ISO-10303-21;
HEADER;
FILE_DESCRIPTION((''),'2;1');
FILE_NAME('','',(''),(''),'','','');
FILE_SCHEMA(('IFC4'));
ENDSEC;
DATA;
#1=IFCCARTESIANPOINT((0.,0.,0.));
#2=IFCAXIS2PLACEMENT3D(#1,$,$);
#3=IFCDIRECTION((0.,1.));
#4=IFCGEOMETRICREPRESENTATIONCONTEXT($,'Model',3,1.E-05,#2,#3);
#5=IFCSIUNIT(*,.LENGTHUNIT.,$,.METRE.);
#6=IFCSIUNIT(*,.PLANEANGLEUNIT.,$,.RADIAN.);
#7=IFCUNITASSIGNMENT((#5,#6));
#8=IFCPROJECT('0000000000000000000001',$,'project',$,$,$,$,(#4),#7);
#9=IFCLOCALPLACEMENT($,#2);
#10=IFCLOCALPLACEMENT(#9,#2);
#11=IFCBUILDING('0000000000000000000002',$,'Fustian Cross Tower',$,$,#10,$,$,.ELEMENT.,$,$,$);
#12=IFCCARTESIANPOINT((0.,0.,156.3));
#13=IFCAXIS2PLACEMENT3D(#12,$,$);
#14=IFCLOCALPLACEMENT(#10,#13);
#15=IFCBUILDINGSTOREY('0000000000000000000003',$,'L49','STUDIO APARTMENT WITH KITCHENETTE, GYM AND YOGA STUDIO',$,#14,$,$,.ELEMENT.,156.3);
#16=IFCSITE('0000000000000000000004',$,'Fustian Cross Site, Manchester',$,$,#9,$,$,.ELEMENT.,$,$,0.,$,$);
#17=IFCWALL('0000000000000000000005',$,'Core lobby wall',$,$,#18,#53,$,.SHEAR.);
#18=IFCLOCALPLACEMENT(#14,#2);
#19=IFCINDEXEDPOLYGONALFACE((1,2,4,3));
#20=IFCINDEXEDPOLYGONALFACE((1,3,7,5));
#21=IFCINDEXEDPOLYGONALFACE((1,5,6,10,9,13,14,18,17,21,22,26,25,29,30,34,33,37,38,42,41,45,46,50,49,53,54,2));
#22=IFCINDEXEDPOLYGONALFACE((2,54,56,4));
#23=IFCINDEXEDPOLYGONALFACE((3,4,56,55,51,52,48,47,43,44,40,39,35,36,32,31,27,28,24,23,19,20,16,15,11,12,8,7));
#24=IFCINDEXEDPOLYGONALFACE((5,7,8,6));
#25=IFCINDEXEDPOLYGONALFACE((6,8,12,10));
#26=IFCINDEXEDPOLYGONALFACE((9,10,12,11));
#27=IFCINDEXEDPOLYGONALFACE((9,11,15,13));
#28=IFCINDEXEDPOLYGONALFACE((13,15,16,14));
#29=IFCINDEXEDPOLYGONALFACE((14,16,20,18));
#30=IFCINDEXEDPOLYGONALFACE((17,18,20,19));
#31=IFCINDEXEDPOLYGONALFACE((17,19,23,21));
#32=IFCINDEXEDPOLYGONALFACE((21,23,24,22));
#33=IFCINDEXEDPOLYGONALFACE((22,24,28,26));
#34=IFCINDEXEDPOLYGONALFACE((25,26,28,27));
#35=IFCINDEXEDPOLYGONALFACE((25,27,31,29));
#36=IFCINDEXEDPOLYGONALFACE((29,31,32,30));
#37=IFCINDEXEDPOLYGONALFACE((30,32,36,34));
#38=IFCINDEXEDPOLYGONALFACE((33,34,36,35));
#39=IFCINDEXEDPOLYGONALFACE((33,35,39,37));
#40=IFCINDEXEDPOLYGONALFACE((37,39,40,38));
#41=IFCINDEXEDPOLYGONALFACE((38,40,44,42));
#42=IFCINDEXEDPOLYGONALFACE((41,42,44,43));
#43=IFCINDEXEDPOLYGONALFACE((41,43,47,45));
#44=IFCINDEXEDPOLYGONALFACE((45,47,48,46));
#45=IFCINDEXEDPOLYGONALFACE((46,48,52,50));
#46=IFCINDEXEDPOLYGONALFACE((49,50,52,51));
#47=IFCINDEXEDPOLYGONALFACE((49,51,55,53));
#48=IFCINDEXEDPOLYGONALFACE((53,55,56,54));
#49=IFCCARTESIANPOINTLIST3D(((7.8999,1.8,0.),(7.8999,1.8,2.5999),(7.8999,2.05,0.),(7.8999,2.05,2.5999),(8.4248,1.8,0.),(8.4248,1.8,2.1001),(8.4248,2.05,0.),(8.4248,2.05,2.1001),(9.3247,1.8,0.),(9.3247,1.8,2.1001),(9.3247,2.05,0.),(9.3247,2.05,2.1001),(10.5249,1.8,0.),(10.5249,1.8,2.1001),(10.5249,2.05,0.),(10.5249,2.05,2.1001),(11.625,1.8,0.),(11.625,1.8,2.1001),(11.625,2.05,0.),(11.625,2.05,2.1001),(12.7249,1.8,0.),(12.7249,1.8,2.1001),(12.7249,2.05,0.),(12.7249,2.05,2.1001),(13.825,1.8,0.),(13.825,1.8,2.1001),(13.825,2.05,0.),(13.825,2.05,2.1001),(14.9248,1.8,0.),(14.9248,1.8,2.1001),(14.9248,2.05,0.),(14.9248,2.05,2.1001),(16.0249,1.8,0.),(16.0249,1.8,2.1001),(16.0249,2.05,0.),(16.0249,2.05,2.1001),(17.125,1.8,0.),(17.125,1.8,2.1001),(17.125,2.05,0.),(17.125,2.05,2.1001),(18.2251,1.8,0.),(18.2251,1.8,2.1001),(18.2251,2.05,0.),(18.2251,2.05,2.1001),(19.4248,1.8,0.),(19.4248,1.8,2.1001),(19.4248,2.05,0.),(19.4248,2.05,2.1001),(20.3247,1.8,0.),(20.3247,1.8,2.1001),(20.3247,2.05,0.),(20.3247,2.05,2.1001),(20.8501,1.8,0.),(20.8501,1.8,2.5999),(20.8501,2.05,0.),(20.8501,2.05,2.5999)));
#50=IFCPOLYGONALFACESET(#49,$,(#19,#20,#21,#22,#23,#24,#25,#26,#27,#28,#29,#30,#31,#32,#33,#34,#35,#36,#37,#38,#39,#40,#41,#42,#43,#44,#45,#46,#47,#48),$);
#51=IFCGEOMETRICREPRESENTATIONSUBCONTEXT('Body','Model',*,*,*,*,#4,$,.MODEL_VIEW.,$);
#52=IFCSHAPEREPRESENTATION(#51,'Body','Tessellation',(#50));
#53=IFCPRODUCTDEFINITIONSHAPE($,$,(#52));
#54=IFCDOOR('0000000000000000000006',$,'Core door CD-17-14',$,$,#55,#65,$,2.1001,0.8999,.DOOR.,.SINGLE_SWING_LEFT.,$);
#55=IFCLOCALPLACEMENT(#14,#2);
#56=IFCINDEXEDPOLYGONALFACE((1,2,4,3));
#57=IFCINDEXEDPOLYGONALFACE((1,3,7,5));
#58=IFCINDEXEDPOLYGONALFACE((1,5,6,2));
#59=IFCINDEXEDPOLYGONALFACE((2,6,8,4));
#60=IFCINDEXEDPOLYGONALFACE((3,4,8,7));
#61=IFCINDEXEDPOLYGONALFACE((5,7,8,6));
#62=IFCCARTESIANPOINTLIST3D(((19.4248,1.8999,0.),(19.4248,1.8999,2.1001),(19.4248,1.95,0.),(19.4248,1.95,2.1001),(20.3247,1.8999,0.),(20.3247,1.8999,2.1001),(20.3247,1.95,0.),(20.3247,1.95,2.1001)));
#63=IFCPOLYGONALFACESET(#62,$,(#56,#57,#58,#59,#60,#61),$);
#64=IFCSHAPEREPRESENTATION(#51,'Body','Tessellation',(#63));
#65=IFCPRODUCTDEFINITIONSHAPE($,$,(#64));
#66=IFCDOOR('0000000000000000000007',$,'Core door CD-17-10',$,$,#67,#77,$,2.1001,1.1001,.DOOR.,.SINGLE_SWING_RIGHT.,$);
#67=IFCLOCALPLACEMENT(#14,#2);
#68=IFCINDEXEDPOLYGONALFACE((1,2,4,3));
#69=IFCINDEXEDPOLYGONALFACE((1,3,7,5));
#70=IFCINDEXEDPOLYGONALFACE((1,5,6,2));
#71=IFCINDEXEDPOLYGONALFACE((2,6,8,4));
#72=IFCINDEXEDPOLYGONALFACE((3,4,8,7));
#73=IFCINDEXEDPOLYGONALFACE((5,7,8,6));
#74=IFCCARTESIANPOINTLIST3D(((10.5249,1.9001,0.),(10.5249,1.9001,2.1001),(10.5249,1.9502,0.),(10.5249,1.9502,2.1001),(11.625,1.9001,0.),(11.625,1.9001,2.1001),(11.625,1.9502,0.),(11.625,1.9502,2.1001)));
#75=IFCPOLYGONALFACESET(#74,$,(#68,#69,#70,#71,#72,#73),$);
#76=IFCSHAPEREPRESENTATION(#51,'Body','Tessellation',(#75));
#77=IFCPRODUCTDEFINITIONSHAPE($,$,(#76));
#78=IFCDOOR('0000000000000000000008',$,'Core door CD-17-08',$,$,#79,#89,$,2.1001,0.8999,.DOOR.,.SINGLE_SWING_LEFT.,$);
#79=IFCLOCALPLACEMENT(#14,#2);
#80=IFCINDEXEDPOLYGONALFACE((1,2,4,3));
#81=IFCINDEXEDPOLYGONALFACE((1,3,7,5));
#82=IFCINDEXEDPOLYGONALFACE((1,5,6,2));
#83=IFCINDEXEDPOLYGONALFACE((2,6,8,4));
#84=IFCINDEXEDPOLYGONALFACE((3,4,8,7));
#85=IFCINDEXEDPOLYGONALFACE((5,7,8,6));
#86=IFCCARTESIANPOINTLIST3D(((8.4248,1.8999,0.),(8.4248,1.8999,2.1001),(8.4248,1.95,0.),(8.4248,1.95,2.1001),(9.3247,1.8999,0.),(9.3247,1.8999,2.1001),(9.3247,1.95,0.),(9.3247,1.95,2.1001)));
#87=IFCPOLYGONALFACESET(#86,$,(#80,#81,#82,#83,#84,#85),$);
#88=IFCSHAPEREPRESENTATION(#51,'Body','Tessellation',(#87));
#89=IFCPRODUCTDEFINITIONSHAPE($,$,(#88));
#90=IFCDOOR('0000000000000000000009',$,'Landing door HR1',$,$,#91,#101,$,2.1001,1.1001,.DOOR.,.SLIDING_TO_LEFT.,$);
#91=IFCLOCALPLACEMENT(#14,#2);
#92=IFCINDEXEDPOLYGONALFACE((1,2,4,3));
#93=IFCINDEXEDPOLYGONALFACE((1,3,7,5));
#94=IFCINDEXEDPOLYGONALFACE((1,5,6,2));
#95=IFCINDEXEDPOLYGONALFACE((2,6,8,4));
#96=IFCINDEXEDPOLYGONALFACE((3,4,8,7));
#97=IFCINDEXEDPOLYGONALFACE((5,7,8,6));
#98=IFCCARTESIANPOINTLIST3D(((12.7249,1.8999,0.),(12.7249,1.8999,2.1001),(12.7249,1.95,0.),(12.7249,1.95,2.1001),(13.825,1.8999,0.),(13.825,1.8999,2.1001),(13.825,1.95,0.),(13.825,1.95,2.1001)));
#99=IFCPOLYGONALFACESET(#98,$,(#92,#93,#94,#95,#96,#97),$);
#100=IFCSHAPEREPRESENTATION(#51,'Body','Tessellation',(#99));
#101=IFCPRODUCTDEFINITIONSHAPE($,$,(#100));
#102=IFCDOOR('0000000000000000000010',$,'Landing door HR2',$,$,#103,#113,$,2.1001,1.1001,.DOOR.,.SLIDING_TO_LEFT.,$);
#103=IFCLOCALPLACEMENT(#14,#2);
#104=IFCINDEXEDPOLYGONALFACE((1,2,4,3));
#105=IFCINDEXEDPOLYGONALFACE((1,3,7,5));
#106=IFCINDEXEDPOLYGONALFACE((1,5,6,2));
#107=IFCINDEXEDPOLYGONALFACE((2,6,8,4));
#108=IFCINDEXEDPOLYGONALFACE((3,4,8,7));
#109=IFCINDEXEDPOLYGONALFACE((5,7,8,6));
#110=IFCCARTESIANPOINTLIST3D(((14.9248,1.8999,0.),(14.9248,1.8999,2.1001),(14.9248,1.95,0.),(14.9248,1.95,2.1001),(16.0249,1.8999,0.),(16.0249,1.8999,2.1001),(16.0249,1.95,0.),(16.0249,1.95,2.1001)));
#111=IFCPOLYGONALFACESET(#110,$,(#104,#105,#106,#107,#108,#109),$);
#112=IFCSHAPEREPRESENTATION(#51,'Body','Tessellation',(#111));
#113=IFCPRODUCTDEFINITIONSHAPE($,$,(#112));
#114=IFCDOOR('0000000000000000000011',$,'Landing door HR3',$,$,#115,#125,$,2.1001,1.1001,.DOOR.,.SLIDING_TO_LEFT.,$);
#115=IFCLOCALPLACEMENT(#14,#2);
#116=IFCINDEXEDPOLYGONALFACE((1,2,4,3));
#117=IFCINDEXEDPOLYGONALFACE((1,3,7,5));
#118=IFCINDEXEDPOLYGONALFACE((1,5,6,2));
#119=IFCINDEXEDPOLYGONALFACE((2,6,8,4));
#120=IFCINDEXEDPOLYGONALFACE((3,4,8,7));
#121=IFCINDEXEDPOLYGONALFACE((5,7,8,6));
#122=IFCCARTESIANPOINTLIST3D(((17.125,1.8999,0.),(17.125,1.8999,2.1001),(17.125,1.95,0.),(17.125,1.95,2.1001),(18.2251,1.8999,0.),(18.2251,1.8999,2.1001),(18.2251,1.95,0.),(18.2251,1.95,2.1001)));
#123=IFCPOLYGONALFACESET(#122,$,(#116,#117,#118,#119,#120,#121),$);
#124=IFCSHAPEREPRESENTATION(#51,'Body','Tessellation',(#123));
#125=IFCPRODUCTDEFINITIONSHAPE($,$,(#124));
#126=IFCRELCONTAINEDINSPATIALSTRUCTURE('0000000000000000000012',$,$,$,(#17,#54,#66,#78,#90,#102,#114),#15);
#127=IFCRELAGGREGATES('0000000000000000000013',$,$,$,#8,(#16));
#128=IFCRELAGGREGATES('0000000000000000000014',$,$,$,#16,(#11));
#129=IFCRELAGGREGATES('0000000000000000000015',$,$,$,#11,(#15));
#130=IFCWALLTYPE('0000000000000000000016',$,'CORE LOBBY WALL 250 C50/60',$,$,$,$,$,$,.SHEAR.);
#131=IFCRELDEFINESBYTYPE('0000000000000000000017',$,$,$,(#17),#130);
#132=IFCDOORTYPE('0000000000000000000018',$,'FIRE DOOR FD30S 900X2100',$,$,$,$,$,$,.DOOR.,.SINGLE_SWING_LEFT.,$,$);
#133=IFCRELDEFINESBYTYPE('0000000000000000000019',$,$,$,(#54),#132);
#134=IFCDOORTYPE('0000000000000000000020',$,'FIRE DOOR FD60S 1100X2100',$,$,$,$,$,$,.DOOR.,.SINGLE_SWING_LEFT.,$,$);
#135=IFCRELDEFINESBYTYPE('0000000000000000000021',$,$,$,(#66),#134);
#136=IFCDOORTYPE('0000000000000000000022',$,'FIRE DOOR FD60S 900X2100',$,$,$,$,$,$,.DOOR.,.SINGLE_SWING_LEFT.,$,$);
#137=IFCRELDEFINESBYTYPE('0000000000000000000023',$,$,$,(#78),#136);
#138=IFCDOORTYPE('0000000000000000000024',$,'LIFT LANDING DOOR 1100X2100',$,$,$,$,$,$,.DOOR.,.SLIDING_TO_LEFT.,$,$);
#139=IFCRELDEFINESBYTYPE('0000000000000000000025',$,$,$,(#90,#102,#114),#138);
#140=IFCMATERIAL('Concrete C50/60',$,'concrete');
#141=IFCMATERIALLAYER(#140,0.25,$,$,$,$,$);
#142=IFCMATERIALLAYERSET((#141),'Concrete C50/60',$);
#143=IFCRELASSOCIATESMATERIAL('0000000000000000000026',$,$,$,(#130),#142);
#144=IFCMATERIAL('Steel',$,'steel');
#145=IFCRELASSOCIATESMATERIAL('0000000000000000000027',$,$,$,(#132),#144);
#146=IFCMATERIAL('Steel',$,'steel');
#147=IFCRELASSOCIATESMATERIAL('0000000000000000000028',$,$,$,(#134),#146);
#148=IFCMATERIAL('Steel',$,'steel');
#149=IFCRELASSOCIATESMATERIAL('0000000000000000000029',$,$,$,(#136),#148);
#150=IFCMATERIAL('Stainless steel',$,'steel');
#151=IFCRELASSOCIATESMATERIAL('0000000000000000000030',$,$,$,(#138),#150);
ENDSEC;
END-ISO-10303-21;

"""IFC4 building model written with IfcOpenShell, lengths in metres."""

from ifc_helpers import new_model, si_unit, direction, frame, frame_2d, origin, place, context, subcontext, project, spatial, rectangle, extrude, material, layer, layer_set, type_object, element, fill, save


model = new_model("IFC4")

# Units and contexts
model_context = context("Model", 3, precision=1e-05, world=origin(), true_north=direction((0.0, 1.0)))
body_context = subcontext(model_context, "Body", "Model", "MODEL_VIEW")
ifc_project = project(units=[si_unit("LENGTHUNIT", "METRE"), si_unit("PLANEANGLEUNIT", "RADIAN")], contexts=[model_context])

# Site, building, storey
site_placement = place(None, origin())
site = spatial("IfcSite", under=ifc_project, at=site_placement, Name="Fustian Cross Site, Manchester", CompositionType="ELEMENT", RefElevation=0.0)
building_placement = place(site_placement, origin())
building = spatial("IfcBuilding", under=site, at=building_placement, Name="Fustian Cross Tower", CompositionType="ELEMENT")
storey_placement = place(building_placement, frame((0.0, 0.0, 156.3)))
storey = spatial("IfcBuildingStorey", under=building, at=storey_placement, Name="L49", Description="STUDIO APARTMENT WITH KITCHENETTE, GYM AND YOGA STUDIO", CompositionType="ELEMENT", Elevation=156.3)

# Wall, openings, doors
ifc_material_1 = material(Name="Concrete C50/60", Category="concrete")
ifc_layer_1 = layer(ifc_material_1, 0.25)
ifc_layer_set_1 = layer_set([ifc_layer_1], Name="Concrete C50/60")
wall_type = type_object("IfcWallType", Name="CORE LOBBY WALL 250 C50/60", PredefinedType="SHEAR", material=ifc_layer_set_1)
wall_placement = place(storey_placement, frame((7.8999, 1.925, 0.0), z_axis=(0.0, 0.0, 1.0), x_axis=(1.0, 0.0, 0.0)))
wall = element("IfcWall", 1, at=wall_placement, inside=storey, type_object=wall_type, Name="Core lobby wall", PredefinedType="SHEAR", context=body_context, shape_type="SweptSolid", body=[
    extrude(rectangle(XDim=12.9502, YDim=0.25, at=frame_2d((6.4751, 0.0))), origin(), (0.0, 0.0, 1.0), 2.5999),
])
opening_1_placement = place(wall_placement, frame((4.825, 0.0, 0.0)))
opening_1 = element("IfcOpeningElement", 2, at=opening_1_placement, cuts=wall, PredefinedType="OPENING", context=body_context, shape_type="SweptSolid", body=[
    extrude(rectangle(XDim=1.1001, YDim=2.1001, at=frame_2d((0.55, 1.05))), frame((0.0, 0.135, 0.0), z_axis=(0.0, -1.0, 0.0), x_axis=(1.0, 0.0, 0.0)), (0.0, 0.0, 1.0), 0.27),
])
opening_2_placement = place(wall_placement, frame((7.0249, 0.0, 0.0)))
opening_2 = element("IfcOpeningElement", 3, at=opening_2_placement, cuts=wall, PredefinedType="OPENING", context=body_context, shape_type="SweptSolid", body=[
    extrude(rectangle(XDim=1.1001, YDim=2.1001, at=frame_2d((0.55, 1.05))), frame((0.0, 0.135, 0.0), z_axis=(0.0, -1.0, 0.0), x_axis=(1.0, 0.0, 0.0)), (0.0, 0.0, 1.0), 0.27),
])
opening_3_placement = place(wall_placement, frame((9.2251, 0.0, 0.0)))
opening_3 = element("IfcOpeningElement", 4, at=opening_3_placement, cuts=wall, PredefinedType="OPENING", context=body_context, shape_type="SweptSolid", body=[
    extrude(rectangle(XDim=1.1001, YDim=2.1001, at=frame_2d((0.55, 1.05))), frame((0.0, 0.135, 0.0), z_axis=(0.0, -1.0, 0.0), x_axis=(1.0, 0.0, 0.0)), (0.0, 0.0, 1.0), 0.27),
])
opening_4_placement = place(wall_placement, frame((0.5249, 0.0, 0.0)))
opening_4 = element("IfcOpeningElement", 5, at=opening_4_placement, cuts=wall, PredefinedType="OPENING", context=body_context, shape_type="SweptSolid", body=[
    extrude(rectangle(XDim=0.8999, YDim=2.1001, at=frame_2d((0.45, 1.05))), frame((0.0, 0.135, 0.0), z_axis=(0.0, -1.0, 0.0), x_axis=(1.0, 0.0, 0.0)), (0.0, 0.0, 1.0), 0.27),
])
opening_5_placement = place(wall_placement, frame((2.625, 0.0, 0.0)))
opening_5 = element("IfcOpeningElement", 6, at=opening_5_placement, cuts=wall, PredefinedType="OPENING", context=body_context, shape_type="SweptSolid", body=[
    extrude(rectangle(XDim=1.1001, YDim=2.1001, at=frame_2d((0.55, 1.05))), frame((0.0, 0.135, 0.0), z_axis=(0.0, -1.0, 0.0), x_axis=(1.0, 0.0, 0.0)), (0.0, 0.0, 1.0), 0.27),
])
opening_6_placement = place(wall_placement, frame((11.5249, 0.0, 0.0)))
opening_6 = element("IfcOpeningElement", 7, at=opening_6_placement, cuts=wall, PredefinedType="OPENING", context=body_context, shape_type="SweptSolid", body=[
    extrude(rectangle(XDim=0.8999, YDim=2.1001, at=frame_2d((0.45, 1.05))), frame((0.0, 0.135, 0.0), z_axis=(0.0, -1.0, 0.0), x_axis=(1.0, 0.0, 0.0)), (0.0, 0.0, 1.0), 0.27),
])
ifc_material_2 = material(Name="Steel", Category="steel")
door_type_1 = type_object("IfcDoorType", Name="FIRE DOOR FD30S 900X2100", OperationType="SINGLE_SWING_LEFT", PredefinedType="DOOR", material=ifc_material_2)
door_1_placement = place(opening_6_placement, origin())
door_1 = element("IfcDoor", 8, at=door_1_placement, inside=storey, type_object=door_type_1, Name="Core door CD-17-14", OperationType="SINGLE_SWING_LEFT", OverallHeight=2.1001, OverallWidth=0.8999, PredefinedType="DOOR", context=body_context, shape_type="SweptSolid", body=[
    extrude(rectangle(XDim=0.8999, YDim=2.1001, at=frame_2d((0.45, 1.05))), frame((0.0, 0.0249, 0.0), z_axis=(0.0, -1.0, 0.0), x_axis=(1.0, 0.0, 0.0)), (0.0, 0.0, 1.0), 0.05),
])
fill(opening_6, door_1)
ifc_material_3 = material(Name="Steel", Category="steel")
door_type_2 = type_object("IfcDoorType", Name="FIRE DOOR FD60S 1100X2100", OperationType="SINGLE_SWING_LEFT", PredefinedType="DOOR", material=ifc_material_3)
door_2_placement = place(opening_5_placement, frame((1.1001, 0.0, 0.0), z_axis=(0.0, 0.0, 1.0), x_axis=(-1.0, 0.0, 0.0)))
door_2 = element("IfcDoor", 9, at=door_2_placement, inside=storey, type_object=door_type_2, Name="Core door CD-17-10", OperationType="SINGLE_SWING_RIGHT", OverallHeight=2.1001, OverallWidth=1.1001, PredefinedType="DOOR", context=body_context, shape_type="SweptSolid", body=[
    extrude(rectangle(XDim=1.1001, YDim=2.1001, at=frame_2d((0.55, 1.05))), frame((0.0, 0.0249, 0.0), z_axis=(0.0, -1.0, 0.0), x_axis=(1.0, 0.0, 0.0)), (0.0, 0.0, 1.0), 0.05),
])
fill(opening_5, door_2)
ifc_material_4 = material(Name="Steel", Category="steel")
door_type_3 = type_object("IfcDoorType", Name="FIRE DOOR FD60S 900X2100", OperationType="SINGLE_SWING_LEFT", PredefinedType="DOOR", material=ifc_material_4)
door_3_placement = place(opening_4_placement, origin())
door_3 = element("IfcDoor", 10, at=door_3_placement, inside=storey, type_object=door_type_3, Name="Core door CD-17-08", OperationType="SINGLE_SWING_LEFT", OverallHeight=2.1001, OverallWidth=0.8999, PredefinedType="DOOR", context=body_context, shape_type="SweptSolid", body=[
    extrude(rectangle(XDim=0.8999, YDim=2.1001, at=frame_2d((0.45, 1.05))), frame((0.0, 0.0249, 0.0), z_axis=(0.0, -1.0, 0.0), x_axis=(1.0, 0.0, 0.0)), (0.0, 0.0, 1.0), 0.05),
])
fill(opening_4, door_3)
ifc_material_5 = material(Name="Stainless steel", Category="steel")
door_type_4 = type_object("IfcDoorType", Name="LIFT LANDING DOOR 1100X2100", OperationType="SLIDING_TO_LEFT", PredefinedType="DOOR", material=ifc_material_5)
door_4_placement = place(opening_1_placement, origin())
door_4 = element("IfcDoor", 11, at=door_4_placement, inside=storey, type_object=door_type_4, Name="Landing door HR1", OperationType="SLIDING_TO_LEFT", OverallHeight=2.1001, OverallWidth=1.1001, PredefinedType="DOOR", context=body_context, shape_type="SweptSolid", body=[
    extrude(rectangle(XDim=1.1001, YDim=2.1001, at=frame_2d((0.55, 1.05))), frame((0.0, 0.0249, 0.0), z_axis=(0.0, -1.0, 0.0), x_axis=(1.0, 0.0, 0.0)), (0.0, 0.0, 1.0), 0.05),
])
fill(opening_1, door_4)
door_5_placement = place(opening_2_placement, origin())
door_5 = element("IfcDoor", 12, at=door_5_placement, inside=storey, type_object=door_type_4, Name="Landing door HR2", OperationType="SLIDING_TO_LEFT", OverallHeight=2.1001, OverallWidth=1.1001, PredefinedType="DOOR", context=body_context, shape_type="SweptSolid", body=[
    extrude(rectangle(XDim=1.1001, YDim=2.1001, at=frame_2d((0.55, 1.05))), frame((0.0, 0.0249, 0.0), z_axis=(0.0, -1.0, 0.0), x_axis=(1.0, 0.0, 0.0)), (0.0, 0.0, 1.0), 0.05),
])
fill(opening_2, door_5)
door_6_placement = place(opening_3_placement, origin())
door_6 = element("IfcDoor", 13, at=door_6_placement, inside=storey, type_object=door_type_4, Name="Landing door HR3", OperationType="SLIDING_TO_LEFT", OverallHeight=2.1001, OverallWidth=1.1001, PredefinedType="DOOR", context=body_context, shape_type="SweptSolid", body=[
    extrude(rectangle(XDim=1.1001, YDim=2.1001, at=frame_2d((0.55, 1.05))), frame((0.0, 0.0249, 0.0), z_axis=(0.0, -1.0, 0.0), x_axis=(1.0, 0.0, 0.0)), (0.0, 0.0, 1.0), 0.05),
])
fill(opening_3, door_6)

save(model, "model.ifc")
